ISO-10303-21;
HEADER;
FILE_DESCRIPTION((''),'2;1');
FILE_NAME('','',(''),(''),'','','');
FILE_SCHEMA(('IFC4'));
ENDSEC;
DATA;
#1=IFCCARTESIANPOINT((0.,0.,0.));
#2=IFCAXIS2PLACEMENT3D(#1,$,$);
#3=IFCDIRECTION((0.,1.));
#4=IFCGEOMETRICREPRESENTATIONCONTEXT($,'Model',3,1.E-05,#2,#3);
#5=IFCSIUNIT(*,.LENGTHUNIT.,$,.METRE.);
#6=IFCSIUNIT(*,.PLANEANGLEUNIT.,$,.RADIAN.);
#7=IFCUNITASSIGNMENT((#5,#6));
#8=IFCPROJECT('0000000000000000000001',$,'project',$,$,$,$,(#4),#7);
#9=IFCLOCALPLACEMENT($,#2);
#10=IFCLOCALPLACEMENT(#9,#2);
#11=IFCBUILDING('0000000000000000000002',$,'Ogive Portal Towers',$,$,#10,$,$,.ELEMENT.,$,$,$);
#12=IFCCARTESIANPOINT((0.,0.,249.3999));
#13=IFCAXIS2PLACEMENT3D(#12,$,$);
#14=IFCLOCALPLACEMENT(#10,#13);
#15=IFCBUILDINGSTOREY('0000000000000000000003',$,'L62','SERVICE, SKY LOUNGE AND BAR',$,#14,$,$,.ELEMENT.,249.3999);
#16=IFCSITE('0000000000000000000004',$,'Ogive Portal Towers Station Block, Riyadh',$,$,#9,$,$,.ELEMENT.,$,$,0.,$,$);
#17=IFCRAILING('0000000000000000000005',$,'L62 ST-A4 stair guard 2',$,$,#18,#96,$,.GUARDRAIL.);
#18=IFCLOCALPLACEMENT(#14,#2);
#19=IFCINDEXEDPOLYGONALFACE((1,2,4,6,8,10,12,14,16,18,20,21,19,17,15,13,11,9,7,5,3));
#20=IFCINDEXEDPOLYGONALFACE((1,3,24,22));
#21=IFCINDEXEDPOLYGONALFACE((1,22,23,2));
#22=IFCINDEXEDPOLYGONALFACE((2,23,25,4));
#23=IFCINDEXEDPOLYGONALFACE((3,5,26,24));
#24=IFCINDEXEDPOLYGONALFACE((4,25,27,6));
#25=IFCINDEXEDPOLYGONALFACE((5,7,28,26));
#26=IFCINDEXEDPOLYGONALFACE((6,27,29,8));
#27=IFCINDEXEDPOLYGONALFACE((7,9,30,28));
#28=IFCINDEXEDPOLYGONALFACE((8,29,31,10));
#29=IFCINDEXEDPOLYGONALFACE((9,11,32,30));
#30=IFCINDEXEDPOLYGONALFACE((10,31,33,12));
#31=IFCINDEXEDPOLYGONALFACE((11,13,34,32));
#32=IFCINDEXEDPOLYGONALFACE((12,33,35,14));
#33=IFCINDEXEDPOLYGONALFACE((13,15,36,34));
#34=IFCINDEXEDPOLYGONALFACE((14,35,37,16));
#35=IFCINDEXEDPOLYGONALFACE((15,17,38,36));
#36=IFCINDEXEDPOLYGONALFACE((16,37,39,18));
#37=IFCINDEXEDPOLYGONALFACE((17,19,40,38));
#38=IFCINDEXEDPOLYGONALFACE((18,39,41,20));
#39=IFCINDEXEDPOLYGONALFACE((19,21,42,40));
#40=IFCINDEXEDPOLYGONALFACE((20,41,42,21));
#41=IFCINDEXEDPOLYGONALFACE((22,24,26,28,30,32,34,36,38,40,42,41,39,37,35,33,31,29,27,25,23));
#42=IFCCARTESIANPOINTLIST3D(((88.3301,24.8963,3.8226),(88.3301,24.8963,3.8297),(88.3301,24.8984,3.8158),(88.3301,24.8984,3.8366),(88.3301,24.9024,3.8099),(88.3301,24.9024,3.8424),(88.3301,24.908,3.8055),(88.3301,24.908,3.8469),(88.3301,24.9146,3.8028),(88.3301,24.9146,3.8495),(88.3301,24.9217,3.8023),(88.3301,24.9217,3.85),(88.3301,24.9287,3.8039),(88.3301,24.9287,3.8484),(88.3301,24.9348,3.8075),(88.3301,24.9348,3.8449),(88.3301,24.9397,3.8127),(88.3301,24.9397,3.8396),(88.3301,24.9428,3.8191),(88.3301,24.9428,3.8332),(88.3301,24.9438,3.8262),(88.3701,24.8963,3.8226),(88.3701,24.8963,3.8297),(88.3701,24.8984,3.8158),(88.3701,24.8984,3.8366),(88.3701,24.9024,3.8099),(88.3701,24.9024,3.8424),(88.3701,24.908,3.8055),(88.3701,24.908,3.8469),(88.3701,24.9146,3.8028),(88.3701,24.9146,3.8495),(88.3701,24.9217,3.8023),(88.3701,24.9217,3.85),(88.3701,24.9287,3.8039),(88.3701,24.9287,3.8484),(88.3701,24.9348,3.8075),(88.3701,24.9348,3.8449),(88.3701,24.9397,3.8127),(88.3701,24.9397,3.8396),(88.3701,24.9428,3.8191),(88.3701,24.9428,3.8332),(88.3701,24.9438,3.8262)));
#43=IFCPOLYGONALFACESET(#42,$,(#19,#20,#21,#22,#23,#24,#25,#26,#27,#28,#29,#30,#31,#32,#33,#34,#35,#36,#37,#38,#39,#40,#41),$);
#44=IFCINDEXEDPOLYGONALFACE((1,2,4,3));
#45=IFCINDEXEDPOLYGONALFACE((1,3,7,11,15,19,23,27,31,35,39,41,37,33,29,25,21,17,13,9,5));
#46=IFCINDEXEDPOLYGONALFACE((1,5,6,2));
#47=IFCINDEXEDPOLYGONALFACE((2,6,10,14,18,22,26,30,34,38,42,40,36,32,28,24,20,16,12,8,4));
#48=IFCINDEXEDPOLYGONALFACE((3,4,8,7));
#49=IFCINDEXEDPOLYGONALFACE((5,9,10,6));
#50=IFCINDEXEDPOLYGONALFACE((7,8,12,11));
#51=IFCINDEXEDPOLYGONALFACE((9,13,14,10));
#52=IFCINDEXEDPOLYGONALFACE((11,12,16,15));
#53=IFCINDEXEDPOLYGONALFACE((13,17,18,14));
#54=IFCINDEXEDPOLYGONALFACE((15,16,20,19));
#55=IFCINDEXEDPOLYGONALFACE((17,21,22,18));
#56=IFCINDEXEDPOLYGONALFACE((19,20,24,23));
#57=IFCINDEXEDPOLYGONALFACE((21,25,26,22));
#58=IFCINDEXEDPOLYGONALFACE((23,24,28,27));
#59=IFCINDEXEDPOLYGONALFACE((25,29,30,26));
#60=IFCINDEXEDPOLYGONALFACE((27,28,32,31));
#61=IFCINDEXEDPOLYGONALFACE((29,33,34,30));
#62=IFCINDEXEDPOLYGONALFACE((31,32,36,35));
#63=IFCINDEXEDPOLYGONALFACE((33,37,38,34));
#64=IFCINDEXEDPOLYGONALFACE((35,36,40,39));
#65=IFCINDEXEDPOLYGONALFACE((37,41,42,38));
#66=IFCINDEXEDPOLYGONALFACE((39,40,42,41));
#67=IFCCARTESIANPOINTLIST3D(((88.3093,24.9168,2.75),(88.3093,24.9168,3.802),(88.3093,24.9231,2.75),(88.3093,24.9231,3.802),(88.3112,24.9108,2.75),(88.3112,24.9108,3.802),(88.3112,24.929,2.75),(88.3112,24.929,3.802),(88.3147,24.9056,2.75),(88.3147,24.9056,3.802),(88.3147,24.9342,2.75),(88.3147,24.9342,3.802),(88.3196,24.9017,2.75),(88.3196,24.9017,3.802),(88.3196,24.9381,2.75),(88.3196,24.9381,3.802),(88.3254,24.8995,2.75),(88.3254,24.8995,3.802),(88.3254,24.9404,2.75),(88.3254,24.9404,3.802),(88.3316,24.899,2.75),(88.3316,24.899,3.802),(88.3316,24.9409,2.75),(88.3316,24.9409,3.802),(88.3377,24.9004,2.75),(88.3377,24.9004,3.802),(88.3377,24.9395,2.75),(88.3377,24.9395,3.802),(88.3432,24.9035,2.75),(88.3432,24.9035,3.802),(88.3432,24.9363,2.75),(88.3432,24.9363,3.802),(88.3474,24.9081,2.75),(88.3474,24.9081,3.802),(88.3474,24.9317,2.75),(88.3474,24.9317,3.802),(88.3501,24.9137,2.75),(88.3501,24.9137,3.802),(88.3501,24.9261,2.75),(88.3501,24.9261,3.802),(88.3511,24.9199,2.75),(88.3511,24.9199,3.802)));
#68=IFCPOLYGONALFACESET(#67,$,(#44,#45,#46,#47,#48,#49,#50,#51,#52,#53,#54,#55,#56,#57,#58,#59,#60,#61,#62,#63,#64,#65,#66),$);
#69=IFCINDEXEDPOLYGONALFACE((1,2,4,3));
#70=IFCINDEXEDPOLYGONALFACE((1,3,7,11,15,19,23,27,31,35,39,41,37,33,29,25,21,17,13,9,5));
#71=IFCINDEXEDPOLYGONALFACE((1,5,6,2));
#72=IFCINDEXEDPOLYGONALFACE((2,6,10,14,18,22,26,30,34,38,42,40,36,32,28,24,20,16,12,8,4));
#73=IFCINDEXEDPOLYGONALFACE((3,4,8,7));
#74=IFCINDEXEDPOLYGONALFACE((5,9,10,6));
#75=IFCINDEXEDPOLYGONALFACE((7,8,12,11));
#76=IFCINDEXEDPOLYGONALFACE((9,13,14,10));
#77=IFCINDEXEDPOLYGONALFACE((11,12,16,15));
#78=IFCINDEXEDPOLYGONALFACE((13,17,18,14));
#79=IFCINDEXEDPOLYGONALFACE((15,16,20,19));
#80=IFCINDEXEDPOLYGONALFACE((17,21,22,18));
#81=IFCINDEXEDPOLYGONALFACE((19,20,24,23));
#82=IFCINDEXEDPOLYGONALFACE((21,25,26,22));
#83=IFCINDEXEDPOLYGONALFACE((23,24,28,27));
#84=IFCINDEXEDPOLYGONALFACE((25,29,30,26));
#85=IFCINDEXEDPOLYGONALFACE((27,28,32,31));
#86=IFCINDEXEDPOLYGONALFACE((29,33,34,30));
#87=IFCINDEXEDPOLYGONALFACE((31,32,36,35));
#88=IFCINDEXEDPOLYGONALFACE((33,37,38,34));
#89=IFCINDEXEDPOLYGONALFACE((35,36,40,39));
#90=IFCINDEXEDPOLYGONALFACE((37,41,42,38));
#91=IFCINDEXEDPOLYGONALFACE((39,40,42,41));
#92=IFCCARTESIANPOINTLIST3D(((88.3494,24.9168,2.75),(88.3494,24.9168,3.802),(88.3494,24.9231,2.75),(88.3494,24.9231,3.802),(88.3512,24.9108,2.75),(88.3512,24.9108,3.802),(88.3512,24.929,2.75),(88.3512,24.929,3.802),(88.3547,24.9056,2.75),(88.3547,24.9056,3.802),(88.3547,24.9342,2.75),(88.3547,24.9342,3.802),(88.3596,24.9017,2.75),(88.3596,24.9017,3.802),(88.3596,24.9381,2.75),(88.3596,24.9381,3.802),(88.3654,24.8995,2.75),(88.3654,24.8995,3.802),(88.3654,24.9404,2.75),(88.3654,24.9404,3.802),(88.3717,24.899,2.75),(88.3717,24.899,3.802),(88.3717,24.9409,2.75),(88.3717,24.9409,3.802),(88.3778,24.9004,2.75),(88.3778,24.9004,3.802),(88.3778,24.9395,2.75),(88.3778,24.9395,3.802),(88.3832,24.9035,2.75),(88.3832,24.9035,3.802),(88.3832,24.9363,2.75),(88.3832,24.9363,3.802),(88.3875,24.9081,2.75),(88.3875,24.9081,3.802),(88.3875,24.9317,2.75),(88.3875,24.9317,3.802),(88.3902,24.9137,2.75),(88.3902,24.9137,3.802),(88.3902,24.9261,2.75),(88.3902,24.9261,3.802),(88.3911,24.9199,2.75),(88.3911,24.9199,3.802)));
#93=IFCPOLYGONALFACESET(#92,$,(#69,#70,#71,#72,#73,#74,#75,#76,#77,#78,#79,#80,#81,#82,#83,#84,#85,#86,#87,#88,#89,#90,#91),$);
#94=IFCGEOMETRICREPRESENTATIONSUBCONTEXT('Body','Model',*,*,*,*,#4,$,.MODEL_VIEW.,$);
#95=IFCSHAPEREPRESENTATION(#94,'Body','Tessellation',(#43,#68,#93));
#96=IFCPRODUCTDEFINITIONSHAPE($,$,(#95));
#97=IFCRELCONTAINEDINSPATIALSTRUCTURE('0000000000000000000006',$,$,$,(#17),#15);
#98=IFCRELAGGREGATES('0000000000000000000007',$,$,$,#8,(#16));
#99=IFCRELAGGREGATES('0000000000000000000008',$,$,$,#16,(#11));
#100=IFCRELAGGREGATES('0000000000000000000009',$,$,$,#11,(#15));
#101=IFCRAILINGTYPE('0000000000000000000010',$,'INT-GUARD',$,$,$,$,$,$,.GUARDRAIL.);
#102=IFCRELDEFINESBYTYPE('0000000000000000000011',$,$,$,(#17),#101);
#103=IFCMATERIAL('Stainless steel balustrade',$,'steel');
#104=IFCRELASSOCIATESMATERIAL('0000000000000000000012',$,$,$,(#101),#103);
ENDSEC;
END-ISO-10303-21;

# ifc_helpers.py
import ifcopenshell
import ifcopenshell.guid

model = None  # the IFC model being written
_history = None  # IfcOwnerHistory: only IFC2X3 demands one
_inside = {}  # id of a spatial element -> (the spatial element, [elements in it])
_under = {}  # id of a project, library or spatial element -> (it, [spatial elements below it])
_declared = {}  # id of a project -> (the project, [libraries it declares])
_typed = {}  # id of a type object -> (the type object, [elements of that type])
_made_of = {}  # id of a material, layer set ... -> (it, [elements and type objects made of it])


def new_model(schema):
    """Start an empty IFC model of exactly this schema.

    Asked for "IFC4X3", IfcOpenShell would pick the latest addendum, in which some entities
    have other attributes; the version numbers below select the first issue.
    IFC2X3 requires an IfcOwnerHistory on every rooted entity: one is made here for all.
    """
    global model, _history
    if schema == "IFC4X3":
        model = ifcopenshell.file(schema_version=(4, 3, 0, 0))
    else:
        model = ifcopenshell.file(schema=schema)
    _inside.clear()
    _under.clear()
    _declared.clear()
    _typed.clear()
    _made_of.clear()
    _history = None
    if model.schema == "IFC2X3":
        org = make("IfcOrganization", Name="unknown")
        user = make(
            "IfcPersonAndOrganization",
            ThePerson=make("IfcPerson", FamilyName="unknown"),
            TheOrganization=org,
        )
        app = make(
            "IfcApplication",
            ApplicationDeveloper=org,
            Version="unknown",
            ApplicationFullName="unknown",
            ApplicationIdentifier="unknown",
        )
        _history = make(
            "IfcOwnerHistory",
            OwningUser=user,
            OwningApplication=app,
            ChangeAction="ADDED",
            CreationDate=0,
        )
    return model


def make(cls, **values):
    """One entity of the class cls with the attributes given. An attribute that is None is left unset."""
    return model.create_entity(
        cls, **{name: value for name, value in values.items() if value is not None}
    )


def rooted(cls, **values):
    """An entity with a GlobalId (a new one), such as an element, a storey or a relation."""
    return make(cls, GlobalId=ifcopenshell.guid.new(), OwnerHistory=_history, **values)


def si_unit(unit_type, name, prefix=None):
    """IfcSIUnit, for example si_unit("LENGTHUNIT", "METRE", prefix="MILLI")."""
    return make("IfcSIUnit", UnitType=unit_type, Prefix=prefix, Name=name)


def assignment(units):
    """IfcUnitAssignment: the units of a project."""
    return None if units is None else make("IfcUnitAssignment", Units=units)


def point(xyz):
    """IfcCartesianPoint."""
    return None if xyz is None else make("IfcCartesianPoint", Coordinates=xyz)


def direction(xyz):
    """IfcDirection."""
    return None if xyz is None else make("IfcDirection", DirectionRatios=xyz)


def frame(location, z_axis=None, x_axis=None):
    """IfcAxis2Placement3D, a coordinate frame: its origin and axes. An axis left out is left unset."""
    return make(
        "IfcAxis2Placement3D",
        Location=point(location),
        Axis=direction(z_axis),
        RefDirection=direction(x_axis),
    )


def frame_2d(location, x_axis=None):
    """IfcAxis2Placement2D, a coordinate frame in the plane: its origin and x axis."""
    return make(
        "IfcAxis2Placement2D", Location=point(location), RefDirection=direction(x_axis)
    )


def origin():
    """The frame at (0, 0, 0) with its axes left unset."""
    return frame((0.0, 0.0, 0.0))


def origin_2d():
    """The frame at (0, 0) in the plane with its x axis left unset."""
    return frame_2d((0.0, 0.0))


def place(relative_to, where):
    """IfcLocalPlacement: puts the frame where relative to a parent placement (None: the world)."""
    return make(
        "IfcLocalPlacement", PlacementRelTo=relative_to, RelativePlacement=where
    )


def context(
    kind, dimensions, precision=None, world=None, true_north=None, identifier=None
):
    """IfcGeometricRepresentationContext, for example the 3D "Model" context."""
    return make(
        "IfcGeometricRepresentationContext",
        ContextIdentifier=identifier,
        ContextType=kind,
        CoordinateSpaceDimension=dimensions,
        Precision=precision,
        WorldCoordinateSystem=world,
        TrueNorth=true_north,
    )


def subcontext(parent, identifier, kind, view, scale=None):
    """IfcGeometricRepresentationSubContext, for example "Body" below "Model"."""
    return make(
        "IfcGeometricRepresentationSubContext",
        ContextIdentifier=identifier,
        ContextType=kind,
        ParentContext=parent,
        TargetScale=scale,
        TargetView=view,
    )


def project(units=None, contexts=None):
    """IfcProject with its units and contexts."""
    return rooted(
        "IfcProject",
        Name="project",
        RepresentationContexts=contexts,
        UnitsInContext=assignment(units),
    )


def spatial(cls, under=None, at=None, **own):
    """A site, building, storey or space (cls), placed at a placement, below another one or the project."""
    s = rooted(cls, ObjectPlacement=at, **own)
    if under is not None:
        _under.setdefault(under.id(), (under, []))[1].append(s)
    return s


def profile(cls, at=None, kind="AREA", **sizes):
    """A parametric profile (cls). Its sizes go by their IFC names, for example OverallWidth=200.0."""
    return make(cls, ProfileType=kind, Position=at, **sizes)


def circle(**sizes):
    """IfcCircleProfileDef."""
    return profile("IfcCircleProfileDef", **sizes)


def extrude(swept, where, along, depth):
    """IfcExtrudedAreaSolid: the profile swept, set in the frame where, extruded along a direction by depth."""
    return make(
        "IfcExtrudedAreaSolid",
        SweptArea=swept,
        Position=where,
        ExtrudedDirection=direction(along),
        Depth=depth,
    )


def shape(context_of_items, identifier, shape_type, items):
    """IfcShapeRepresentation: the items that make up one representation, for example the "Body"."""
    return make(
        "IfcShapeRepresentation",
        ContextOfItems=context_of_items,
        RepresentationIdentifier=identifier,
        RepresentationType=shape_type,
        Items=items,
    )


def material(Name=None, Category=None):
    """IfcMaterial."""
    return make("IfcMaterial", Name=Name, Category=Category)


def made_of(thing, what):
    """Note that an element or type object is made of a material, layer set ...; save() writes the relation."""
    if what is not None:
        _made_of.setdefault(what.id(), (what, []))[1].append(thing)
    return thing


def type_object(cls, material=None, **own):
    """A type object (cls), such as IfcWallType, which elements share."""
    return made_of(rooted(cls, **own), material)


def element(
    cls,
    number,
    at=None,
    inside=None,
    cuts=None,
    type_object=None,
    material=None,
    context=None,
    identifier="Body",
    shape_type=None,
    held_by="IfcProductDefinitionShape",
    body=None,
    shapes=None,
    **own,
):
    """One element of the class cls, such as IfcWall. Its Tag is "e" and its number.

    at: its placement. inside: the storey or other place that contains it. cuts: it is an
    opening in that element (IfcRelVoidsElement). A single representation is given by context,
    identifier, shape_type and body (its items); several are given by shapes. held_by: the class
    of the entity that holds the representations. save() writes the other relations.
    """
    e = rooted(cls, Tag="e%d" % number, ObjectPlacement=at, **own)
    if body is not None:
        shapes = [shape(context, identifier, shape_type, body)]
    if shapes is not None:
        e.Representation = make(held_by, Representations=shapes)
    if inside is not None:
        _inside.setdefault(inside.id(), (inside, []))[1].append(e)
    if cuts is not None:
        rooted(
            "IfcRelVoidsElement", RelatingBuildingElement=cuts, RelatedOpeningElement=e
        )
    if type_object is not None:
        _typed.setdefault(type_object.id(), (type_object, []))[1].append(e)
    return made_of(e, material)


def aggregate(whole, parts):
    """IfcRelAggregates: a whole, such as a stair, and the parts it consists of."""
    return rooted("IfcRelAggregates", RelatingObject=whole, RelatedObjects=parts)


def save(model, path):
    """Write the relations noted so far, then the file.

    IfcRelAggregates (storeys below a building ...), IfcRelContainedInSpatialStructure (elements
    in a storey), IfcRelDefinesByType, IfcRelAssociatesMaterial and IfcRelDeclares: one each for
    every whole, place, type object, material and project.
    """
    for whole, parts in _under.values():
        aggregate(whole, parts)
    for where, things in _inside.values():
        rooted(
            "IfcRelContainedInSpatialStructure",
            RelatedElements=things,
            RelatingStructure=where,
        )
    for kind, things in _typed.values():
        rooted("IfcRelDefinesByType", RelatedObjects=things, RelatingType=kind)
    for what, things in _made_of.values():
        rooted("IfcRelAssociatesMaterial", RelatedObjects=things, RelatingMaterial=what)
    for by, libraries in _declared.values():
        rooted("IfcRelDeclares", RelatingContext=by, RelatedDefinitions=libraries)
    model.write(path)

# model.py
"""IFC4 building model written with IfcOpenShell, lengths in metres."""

from ifc_helpers import new_model, si_unit, direction, frame, origin, origin_2d, place, context, subcontext, project, spatial, circle, extrude, material, type_object, element, save


model = new_model("IFC4")

# Units and contexts
model_context = context("Model", 3, precision=1e-05, world=origin(), true_north=direction((0.0, 1.0)))
body_context = subcontext(model_context, "Body", "Model", "MODEL_VIEW")
ifc_project = project(units=[si_unit("LENGTHUNIT", "METRE"), si_unit("PLANEANGLEUNIT", "RADIAN")], contexts=[model_context])

# Site, building, storey
site_placement = place(None, origin())
site = spatial("IfcSite", under=ifc_project, at=site_placement, Name="Ogive Portal Towers Station Block, Riyadh", CompositionType="ELEMENT", RefElevation=0.0)
building_placement = place(site_placement, origin())
building = spatial("IfcBuilding", under=site, at=building_placement, Name="Ogive Portal Towers", CompositionType="ELEMENT")
storey_placement = place(building_placement, frame((0.0, 0.0, 249.3999)))
storey = spatial("IfcBuildingStorey", under=building, at=storey_placement, Name="L62", Description="SERVICE, SKY LOUNGE AND BAR", CompositionType="ELEMENT", Elevation=249.3999)

# Railing
ifc_material_1 = material(Name="Stainless steel balustrade", Category="steel")
railing_type_1 = type_object("IfcRailingType", Name="INT-GUARD", PredefinedType="GUARDRAIL", material=ifc_material_1)
railing_1_placement = place(storey_placement, frame((88.3301, 24.9199, 2.75)))
element("IfcRailing", 1, at=railing_1_placement, inside=storey, type_object=railing_type_1, Name="L62 ST-A4 stair guard 2", PredefinedType="GUARDRAIL", context=body_context, shape_type="SweptSolid", body=[
    extrude(circle(Radius=0.0239, at=origin_2d()), frame((0.0, 0.0, 1.0762), z_axis=(1.0, 0.0, 0.0), x_axis=(0.0, 1.0, 0.0)), (0.0, 0.0, 1.0), 0.04),
    extrude(circle(Radius=0.021, at=origin_2d()), origin(), (0.0, 0.0, 1.0), 1.052),
    extrude(circle(Radius=0.021, at=origin_2d()), frame((0.04, 0.0, 0.0)), (0.0, 0.0, 1.0), 1.052),
])

save(model, "model.ifc")
